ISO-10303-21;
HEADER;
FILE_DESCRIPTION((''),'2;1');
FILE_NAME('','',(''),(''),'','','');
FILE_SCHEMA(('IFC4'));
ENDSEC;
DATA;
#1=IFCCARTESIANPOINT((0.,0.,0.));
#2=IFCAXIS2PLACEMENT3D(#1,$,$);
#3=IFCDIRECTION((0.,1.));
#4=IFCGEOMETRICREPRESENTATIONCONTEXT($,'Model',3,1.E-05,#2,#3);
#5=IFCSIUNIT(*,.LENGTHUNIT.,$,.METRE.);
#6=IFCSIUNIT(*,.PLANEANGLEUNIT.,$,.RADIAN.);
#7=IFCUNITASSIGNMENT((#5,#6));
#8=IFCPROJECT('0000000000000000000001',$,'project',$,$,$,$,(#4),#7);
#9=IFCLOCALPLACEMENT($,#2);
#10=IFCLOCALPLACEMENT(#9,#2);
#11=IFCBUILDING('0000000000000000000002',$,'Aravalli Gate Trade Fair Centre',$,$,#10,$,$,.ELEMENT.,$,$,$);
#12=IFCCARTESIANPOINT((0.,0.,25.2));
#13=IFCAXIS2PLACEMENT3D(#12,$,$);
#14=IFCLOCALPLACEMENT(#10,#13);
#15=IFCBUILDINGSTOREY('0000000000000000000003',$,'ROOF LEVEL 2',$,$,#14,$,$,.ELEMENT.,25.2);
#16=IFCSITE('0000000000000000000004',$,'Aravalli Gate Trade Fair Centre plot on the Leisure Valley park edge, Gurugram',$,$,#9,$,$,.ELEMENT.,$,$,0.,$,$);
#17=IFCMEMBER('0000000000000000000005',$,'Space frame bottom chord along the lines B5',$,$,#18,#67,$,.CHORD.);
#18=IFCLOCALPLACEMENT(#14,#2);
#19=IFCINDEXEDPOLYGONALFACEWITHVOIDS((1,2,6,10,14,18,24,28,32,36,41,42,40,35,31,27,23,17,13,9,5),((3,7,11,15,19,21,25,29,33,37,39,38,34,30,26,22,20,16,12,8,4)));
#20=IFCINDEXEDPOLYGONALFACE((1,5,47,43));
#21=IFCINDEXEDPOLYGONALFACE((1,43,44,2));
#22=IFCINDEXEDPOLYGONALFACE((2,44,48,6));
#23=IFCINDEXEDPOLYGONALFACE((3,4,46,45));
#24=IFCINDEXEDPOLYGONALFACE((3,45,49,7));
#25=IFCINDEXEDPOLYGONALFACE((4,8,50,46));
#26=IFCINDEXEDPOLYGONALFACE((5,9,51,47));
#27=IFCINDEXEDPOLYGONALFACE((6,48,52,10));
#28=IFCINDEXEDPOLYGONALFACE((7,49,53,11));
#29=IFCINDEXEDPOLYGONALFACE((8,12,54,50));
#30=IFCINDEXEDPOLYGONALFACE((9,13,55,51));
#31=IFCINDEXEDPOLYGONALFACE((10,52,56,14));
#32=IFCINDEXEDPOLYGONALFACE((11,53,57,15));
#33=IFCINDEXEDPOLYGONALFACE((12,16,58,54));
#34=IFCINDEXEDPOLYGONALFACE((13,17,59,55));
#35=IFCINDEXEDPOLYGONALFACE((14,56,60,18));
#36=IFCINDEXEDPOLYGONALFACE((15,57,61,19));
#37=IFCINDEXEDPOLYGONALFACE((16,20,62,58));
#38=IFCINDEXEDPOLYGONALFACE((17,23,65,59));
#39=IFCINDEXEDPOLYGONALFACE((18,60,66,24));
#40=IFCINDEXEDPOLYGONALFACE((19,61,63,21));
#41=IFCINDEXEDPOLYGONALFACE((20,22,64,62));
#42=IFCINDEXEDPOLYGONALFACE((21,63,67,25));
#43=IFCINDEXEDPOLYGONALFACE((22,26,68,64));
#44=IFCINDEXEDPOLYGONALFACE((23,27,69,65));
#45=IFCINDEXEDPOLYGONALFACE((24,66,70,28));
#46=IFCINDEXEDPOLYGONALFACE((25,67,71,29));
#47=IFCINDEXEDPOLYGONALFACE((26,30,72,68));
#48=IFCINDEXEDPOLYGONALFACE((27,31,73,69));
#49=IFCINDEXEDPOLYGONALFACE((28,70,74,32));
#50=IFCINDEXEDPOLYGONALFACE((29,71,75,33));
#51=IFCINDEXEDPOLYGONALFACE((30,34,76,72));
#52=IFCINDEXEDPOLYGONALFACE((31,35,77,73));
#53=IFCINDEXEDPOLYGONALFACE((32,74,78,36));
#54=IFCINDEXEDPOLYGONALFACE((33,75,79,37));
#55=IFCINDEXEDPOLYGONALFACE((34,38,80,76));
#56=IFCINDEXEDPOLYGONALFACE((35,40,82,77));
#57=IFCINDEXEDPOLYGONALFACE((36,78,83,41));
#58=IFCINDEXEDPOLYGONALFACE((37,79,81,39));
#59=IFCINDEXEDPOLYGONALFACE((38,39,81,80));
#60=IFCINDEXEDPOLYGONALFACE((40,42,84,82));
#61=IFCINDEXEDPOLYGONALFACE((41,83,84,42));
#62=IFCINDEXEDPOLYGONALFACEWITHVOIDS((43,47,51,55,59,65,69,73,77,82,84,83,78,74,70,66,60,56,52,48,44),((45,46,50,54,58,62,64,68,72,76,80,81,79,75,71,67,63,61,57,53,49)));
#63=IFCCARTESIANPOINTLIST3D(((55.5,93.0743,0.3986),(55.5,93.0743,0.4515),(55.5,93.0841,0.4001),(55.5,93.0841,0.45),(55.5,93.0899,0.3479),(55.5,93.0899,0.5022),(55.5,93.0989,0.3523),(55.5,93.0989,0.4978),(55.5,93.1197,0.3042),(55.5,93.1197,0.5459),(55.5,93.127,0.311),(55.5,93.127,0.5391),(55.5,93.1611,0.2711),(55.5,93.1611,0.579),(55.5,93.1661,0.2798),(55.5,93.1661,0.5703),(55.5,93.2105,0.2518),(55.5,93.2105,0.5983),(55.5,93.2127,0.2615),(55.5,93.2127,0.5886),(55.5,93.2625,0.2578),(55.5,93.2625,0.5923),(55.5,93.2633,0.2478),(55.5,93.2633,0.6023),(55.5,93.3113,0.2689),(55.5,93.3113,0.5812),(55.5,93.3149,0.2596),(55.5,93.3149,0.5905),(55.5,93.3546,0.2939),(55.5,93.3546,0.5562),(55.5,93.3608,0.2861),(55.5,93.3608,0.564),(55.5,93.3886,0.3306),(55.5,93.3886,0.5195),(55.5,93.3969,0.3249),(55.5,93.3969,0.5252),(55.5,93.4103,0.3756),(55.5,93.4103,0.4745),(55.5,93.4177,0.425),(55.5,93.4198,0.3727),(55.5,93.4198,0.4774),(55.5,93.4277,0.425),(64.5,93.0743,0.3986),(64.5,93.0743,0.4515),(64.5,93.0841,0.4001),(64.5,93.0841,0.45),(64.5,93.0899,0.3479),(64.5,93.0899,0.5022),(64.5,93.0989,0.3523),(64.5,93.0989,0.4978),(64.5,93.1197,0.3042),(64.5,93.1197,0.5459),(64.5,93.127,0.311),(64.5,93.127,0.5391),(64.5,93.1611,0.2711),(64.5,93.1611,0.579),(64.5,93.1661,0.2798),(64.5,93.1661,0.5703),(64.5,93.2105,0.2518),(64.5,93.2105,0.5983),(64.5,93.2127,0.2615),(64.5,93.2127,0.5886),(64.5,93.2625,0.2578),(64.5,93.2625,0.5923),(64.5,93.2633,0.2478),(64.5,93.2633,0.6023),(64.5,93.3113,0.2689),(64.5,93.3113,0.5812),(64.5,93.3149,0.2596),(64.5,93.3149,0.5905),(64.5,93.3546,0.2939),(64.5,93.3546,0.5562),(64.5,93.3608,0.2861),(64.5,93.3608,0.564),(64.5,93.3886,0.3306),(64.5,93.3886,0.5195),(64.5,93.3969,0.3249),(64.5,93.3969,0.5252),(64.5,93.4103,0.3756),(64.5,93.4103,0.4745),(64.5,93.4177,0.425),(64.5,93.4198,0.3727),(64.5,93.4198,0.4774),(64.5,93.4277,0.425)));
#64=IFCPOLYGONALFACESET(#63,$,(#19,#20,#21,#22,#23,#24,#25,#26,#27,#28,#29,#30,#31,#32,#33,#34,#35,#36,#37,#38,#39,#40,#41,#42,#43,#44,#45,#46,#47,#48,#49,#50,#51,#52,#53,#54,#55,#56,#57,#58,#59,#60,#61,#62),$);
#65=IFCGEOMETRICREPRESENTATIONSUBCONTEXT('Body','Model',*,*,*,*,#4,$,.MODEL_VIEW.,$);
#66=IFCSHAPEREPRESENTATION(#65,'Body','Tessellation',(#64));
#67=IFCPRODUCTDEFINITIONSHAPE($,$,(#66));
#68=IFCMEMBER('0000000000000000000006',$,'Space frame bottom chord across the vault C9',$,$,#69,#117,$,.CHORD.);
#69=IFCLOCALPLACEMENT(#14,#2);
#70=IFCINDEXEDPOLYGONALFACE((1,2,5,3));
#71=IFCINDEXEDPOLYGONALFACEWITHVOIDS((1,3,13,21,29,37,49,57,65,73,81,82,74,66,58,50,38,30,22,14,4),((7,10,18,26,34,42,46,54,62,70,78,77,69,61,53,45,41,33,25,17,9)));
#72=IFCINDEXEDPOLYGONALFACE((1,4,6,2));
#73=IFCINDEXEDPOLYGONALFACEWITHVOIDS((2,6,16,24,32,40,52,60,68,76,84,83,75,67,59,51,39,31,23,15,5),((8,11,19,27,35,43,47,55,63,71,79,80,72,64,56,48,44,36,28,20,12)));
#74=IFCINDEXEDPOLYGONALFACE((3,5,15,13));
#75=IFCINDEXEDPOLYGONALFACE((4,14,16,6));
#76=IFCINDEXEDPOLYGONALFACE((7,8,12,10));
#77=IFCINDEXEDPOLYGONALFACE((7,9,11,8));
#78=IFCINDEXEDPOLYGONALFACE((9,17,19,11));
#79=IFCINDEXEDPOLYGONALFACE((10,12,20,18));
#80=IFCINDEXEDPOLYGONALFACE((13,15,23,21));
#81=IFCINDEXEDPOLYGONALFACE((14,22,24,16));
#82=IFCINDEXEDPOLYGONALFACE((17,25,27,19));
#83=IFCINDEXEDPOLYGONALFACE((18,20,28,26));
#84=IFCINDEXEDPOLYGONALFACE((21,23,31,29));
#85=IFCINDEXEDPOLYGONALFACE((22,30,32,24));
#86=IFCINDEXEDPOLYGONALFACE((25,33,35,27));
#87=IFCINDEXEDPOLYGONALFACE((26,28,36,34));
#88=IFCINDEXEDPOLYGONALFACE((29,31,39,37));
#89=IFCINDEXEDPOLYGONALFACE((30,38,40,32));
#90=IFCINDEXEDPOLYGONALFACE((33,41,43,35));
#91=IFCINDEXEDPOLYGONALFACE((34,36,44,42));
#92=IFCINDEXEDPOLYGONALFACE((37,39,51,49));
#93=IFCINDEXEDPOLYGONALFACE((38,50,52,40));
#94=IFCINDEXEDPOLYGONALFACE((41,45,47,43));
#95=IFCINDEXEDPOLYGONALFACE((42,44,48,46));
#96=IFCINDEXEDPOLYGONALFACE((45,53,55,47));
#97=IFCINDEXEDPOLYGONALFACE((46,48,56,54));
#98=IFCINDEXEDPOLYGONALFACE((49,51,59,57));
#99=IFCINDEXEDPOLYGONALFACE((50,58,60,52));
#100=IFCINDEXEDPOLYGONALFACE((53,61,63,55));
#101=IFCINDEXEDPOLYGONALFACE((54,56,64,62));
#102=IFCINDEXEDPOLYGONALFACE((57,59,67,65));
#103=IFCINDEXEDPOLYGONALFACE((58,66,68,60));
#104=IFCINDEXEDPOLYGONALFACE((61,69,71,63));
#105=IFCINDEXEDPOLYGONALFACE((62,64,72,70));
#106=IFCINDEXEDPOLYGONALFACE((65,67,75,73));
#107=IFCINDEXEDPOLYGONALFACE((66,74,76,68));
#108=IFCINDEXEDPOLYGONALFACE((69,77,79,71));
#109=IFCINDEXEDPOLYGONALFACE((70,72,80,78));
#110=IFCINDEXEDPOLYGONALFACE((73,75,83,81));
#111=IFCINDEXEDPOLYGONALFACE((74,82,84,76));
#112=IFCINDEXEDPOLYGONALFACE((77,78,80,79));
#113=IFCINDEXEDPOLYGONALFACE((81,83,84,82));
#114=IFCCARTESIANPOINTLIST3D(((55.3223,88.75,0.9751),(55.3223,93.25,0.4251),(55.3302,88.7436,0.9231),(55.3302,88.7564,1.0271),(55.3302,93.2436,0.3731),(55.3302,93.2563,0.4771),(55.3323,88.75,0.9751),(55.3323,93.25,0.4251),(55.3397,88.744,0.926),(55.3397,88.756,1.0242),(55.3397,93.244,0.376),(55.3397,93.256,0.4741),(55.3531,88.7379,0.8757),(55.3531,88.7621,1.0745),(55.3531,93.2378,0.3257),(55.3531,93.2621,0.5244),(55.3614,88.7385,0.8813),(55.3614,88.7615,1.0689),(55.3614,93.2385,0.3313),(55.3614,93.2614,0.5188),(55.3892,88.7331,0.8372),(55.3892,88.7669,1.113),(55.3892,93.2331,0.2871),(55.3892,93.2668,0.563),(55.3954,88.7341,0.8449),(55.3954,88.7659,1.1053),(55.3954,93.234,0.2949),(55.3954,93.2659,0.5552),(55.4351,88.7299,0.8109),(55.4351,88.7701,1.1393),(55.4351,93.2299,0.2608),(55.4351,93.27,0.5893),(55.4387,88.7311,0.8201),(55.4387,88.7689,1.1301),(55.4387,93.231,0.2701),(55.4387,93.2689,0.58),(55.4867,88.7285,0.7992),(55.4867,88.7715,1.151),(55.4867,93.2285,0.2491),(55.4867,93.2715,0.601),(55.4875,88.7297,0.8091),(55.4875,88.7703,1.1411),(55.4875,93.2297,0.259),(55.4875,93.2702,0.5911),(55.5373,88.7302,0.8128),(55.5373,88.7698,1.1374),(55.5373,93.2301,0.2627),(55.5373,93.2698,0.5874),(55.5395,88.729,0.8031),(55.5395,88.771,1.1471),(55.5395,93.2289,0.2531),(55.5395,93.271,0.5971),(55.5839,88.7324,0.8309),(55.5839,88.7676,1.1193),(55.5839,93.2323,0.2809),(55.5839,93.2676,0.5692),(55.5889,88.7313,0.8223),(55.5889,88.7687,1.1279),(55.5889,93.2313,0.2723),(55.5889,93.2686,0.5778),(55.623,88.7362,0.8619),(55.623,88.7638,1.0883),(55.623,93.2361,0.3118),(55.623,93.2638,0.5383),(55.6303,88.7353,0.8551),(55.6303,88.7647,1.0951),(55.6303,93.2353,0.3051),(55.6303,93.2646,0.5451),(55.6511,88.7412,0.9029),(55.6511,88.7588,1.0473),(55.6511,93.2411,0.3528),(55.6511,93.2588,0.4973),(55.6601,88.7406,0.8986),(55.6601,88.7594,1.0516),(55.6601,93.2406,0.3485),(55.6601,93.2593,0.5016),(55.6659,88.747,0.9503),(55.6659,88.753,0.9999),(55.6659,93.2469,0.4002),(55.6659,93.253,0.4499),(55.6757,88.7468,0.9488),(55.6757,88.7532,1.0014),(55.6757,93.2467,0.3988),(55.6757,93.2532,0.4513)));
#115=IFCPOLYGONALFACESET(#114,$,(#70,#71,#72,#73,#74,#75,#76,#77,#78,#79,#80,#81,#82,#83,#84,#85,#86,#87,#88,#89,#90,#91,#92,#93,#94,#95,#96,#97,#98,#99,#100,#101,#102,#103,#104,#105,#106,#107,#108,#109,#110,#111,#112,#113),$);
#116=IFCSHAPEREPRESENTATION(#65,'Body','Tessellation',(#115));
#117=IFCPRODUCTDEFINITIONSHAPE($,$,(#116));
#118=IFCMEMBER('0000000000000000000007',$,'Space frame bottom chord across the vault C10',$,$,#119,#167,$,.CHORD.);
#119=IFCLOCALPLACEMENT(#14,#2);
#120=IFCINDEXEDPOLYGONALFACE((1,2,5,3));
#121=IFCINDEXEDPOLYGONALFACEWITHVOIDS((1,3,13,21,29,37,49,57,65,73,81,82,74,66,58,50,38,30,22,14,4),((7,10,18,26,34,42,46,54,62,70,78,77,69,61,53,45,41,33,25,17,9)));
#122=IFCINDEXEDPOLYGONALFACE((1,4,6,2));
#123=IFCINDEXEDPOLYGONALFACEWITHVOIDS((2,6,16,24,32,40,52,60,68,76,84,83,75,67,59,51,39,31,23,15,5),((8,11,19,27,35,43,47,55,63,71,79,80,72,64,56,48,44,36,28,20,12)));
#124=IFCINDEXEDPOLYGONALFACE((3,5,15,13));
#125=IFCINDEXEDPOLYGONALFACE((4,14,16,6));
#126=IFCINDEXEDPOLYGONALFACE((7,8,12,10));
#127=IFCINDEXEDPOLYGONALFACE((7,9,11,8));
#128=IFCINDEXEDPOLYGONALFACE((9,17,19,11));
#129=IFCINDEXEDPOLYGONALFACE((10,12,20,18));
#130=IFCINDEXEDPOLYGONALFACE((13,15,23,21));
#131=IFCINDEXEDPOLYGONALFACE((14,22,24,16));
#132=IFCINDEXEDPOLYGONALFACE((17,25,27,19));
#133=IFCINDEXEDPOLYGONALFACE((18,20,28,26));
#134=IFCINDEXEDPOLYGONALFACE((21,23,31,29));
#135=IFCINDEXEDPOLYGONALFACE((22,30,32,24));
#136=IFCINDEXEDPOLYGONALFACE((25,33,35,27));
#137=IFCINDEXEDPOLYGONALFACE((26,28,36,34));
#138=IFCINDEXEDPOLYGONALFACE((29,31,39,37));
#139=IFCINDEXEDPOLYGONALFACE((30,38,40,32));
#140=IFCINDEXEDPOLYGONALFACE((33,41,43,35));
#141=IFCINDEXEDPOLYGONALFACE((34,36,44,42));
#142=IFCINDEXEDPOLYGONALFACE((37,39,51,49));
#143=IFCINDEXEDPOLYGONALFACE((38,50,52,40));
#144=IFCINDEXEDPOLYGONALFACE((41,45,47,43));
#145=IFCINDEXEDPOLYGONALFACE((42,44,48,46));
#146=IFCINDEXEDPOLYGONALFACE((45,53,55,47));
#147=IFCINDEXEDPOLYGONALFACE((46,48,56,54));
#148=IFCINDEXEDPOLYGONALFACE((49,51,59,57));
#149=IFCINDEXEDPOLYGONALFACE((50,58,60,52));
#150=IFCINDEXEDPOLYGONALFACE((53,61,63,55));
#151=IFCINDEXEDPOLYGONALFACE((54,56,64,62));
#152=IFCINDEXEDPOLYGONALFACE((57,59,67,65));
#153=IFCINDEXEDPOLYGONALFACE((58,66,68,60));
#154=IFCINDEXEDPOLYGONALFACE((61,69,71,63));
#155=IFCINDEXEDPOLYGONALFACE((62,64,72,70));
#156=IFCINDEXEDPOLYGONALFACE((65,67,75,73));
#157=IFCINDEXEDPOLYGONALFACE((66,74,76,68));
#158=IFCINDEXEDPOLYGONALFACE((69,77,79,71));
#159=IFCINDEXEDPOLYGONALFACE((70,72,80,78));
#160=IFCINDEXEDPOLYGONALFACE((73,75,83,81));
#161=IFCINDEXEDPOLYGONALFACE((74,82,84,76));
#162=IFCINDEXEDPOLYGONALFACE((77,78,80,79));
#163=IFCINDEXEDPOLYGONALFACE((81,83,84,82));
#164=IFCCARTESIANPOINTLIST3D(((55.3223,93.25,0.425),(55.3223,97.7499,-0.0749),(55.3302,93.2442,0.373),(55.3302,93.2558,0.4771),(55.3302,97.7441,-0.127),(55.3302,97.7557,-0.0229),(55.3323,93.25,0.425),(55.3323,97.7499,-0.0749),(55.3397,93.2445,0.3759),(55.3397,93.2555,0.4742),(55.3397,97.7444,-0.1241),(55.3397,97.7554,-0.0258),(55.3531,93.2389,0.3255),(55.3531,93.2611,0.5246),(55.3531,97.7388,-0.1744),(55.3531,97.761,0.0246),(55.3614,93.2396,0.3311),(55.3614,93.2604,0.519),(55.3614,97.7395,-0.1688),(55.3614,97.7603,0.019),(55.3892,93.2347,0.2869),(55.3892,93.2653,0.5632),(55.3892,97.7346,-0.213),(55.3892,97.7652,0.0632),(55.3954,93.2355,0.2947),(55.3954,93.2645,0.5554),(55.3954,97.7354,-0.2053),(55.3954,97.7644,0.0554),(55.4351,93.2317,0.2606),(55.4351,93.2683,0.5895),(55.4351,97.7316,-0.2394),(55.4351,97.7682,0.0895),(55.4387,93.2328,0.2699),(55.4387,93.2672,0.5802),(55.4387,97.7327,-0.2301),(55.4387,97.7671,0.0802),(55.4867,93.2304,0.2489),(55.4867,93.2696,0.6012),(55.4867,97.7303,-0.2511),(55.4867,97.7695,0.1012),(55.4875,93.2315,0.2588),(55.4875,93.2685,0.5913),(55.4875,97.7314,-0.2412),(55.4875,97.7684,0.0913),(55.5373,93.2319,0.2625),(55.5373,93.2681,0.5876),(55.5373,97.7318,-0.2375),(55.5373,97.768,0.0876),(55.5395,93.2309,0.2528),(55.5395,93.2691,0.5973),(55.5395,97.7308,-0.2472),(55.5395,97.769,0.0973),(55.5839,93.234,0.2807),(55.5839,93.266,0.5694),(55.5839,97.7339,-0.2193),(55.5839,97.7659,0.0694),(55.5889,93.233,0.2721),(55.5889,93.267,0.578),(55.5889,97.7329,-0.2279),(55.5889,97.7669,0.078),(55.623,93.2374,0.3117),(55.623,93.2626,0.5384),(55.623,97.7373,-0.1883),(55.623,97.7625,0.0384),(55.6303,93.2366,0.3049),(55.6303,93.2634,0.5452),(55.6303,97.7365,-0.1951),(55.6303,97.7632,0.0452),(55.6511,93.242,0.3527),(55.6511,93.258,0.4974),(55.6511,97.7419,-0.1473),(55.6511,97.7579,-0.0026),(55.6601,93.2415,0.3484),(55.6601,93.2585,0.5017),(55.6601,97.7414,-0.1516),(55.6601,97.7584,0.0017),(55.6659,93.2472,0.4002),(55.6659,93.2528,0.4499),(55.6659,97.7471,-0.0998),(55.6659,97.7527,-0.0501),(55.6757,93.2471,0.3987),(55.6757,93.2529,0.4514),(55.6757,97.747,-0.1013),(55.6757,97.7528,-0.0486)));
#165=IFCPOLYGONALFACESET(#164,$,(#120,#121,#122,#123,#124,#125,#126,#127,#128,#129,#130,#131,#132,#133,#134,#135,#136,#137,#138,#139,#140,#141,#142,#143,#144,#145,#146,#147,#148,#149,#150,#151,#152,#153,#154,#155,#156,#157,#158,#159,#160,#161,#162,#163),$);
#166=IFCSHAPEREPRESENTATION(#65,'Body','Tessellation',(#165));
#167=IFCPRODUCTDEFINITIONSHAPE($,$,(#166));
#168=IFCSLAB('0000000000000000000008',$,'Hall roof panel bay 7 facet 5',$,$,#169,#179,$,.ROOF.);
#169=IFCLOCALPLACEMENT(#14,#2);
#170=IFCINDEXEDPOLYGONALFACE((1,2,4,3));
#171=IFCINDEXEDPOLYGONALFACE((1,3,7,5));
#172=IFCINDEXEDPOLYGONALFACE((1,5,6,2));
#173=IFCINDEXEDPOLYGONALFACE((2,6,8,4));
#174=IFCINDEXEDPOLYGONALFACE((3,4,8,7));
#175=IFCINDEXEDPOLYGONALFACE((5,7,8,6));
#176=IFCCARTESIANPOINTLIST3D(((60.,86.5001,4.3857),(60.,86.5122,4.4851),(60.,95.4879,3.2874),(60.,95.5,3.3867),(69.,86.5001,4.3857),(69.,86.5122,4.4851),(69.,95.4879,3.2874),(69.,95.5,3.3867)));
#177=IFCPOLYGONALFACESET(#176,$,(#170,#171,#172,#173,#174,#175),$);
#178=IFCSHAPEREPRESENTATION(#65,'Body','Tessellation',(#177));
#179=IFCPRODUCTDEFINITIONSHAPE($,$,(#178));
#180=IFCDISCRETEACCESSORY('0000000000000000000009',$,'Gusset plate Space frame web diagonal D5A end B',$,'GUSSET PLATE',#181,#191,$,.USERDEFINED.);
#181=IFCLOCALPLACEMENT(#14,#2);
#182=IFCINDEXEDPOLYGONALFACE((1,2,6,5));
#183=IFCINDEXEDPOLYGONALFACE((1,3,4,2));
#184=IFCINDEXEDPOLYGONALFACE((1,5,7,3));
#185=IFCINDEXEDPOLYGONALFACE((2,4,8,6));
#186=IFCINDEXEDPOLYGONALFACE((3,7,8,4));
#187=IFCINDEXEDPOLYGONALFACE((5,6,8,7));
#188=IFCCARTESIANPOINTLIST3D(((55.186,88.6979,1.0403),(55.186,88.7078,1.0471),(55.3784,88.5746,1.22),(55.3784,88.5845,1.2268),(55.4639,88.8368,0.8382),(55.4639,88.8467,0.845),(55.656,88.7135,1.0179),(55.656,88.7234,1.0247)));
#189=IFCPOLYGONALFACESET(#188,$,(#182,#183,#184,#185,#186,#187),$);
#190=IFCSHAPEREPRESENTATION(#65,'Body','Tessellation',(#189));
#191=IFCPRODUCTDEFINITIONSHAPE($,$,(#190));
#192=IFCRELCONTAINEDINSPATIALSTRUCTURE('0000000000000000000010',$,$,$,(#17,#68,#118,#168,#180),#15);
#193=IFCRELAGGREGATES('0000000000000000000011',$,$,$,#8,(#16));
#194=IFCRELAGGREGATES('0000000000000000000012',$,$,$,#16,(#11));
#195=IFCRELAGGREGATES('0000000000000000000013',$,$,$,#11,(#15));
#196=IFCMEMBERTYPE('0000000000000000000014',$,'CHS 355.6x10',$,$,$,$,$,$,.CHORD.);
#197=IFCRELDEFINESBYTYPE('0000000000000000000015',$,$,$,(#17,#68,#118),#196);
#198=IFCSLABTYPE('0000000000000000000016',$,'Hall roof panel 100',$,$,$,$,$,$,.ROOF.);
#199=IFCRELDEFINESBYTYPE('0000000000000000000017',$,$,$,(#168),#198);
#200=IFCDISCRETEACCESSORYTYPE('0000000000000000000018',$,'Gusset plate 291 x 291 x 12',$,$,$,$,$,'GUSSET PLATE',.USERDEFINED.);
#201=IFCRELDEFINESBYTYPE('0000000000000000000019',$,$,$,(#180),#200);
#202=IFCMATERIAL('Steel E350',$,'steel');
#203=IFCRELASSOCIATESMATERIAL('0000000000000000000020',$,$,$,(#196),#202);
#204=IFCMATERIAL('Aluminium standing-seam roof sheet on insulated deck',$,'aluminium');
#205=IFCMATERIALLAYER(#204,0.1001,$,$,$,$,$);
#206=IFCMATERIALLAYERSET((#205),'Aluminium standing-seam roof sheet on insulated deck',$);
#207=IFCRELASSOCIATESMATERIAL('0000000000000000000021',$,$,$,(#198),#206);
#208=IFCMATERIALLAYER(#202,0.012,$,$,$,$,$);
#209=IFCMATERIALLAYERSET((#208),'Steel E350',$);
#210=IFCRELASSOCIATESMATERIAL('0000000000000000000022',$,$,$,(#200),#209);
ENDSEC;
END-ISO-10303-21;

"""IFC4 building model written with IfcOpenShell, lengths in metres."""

from ifc_helpers import new_model, si_unit, direction, frame, origin, origin_2d, place, context, subcontext, project, spatial, polyline, hollow_circle, outline, extrude, material, layer, layer_set, material_profile, profile_set, type_object, element, save


model = new_model("IFC4")

# Units and contexts
model_context = context("Model", 3, precision=1e-05, world=origin(), true_north=direction((0.0, 1.0)))
body_context = subcontext(model_context, "Body", "Model", "MODEL_VIEW")
ifc_project = project(units=[si_unit("LENGTHUNIT", "METRE"), si_unit("PLANEANGLEUNIT", "RADIAN")], contexts=[model_context])

# Site, building, storey
site_placement = place(None, origin())
site = spatial("IfcSite", under=ifc_project, at=site_placement, Name="Aravalli Gate Trade Fair Centre plot on the Leisure Valley park edge, Gurugram", CompositionType="ELEMENT", RefElevation=0.0)
building_placement = place(site_placement, origin())
building = spatial("IfcBuilding", under=site, at=building_placement, Name="Aravalli Gate Trade Fair Centre", CompositionType="ELEMENT")
storey_placement = place(building_placement, frame((0.0, 0.0, 25.2)))
storey = spatial("IfcBuildingStorey", under=building, at=storey_placement, Name="ROOF LEVEL 2", CompositionType="ELEMENT", Elevation=25.2)

# Members
ifc_material_1 = material(Name="Steel E350", Category="steel")
ifc_material_profile_1 = material_profile(ifc_material_1, hollow_circle(Radius=0.1777, WallThickness=0.01, at=origin_2d()), Name="CHS 355.6x10")
ifc_profile_set_1 = profile_set([ifc_material_profile_1], Name="Steel E350")
member_type_1 = type_object("IfcMemberType", Name="CHS 355.6x10", PredefinedType="CHORD", material=ifc_profile_set_1)
for number, where, z_axis, x_axis, name in (
    (1, (55.5, 93.25, 0.425), (1.0, 0.0, 0.0), (0.0, 1.0, 0.0), "Space frame bottom chord along the lines B5"),
):
    element("IfcMember", number, at=place(storey_placement, frame(where, z_axis=z_axis, x_axis=x_axis)), inside=storey, type_object=member_type_1, Name=name, PredefinedType="CHORD", context=body_context, shape_type="SweptSolid", body=[
        extrude(hollow_circle(Radius=0.1777, WallThickness=0.01, at=origin_2d()), origin(), (0.0, 0.0, 1.0), 9.0),
    ])
member_1_placement = place(storey_placement, frame((55.5, 88.75, 0.9751), z_axis=(0.0, 0.992612, -0.12133), x_axis=(-1.0, 0.0, 0.0)))
element("IfcMember", 2, at=member_1_placement, inside=storey, type_object=member_type_1, Name="Space frame bottom chord across the vault C9", PredefinedType="CHORD", context=body_context, shape_type="SweptSolid", body=[
    extrude(hollow_circle(Radius=0.1777, WallThickness=0.01, at=origin_2d()), origin(), (0.0, 0.0, 1.0), 4.5334),
])
member_2_placement = place(storey_placement, frame((55.5, 93.25, 0.425), z_axis=(0.0, 0.993884, -0.110432), x_axis=(-1.0, 0.0, 0.0)))
element("IfcMember", 3, at=member_2_placement, inside=storey, type_object=member_type_1, Name="Space frame bottom chord across the vault C10", PredefinedType="CHORD", context=body_context, shape_type="SweptSolid", body=[
    extrude(hollow_circle(Radius=0.1777, WallThickness=0.01, at=origin_2d()), origin(), (0.0, 0.0, 1.0), 4.5276),
])

# Slab
ifc_material_2 = material(Name="Aluminium standing-seam roof sheet on insulated deck", Category="aluminium")
ifc_layer_1 = layer(ifc_material_2, 0.1001)
ifc_layer_set_1 = layer_set([ifc_layer_1], Name="Aluminium standing-seam roof sheet on insulated deck")
slab_type = type_object("IfcSlabType", Name="Hall roof panel 100", PredefinedType="ROOF", material=ifc_layer_set_1)
slab_placement = place(storey_placement, frame((60.0, 86.5122, 4.4851), z_axis=(0.0, 0.121306, 0.992615), x_axis=(1.0, 0.0, 0.0)))
element("IfcSlab", 4, at=slab_placement, inside=storey, type_object=slab_type, Name="Hall roof panel bay 7 facet 5", PredefinedType="ROOF", context=body_context, shape_type="SweptSolid", body=[
    extrude(outline(polyline([(0.0, 0.0), (9.0, 0.0), (9.0, 9.0547), (0.0, 9.0547), (0.0, 0.0)])), origin(), (0.0, 0.0, -1.0), 0.1001),
])

# Discrete accessory
ifc_layer_2 = layer(ifc_material_1, 0.012)
ifc_layer_set_2 = layer_set([ifc_layer_2], Name="Steel E350")
discrete_accessory_type = type_object("IfcDiscreteAccessoryType", Name="Gusset plate 291 x 291 x 12", ElementType="GUSSET PLATE", PredefinedType="USERDEFINED", material=ifc_layer_set_2)
discrete_accessory_1_placement = place(storey_placement, frame((55.186, 88.7078, 1.0471), z_axis=(-0.000356, 0.824387, 0.566027), x_axis=(0.74966, 0.37483, -0.545447)))
element("IfcDiscreteAccessory", 5, at=discrete_accessory_1_placement, inside=storey, type_object=discrete_accessory_type, Name="Gusset plate Space frame web diagonal D5A end B", ObjectType="GUSSET PLATE", PredefinedType="USERDEFINED", context=body_context, shape_type="SweptSolid", body=[
    extrude(outline(polyline([(0.0, 0.0), (0.3706, 0.0), (0.3704, -0.2905), (0.0, -0.2907), (0.0, 0.0)])), origin(), (0.0, 0.0, -1.0), 0.012),
])

save(model, "model.ifc")
